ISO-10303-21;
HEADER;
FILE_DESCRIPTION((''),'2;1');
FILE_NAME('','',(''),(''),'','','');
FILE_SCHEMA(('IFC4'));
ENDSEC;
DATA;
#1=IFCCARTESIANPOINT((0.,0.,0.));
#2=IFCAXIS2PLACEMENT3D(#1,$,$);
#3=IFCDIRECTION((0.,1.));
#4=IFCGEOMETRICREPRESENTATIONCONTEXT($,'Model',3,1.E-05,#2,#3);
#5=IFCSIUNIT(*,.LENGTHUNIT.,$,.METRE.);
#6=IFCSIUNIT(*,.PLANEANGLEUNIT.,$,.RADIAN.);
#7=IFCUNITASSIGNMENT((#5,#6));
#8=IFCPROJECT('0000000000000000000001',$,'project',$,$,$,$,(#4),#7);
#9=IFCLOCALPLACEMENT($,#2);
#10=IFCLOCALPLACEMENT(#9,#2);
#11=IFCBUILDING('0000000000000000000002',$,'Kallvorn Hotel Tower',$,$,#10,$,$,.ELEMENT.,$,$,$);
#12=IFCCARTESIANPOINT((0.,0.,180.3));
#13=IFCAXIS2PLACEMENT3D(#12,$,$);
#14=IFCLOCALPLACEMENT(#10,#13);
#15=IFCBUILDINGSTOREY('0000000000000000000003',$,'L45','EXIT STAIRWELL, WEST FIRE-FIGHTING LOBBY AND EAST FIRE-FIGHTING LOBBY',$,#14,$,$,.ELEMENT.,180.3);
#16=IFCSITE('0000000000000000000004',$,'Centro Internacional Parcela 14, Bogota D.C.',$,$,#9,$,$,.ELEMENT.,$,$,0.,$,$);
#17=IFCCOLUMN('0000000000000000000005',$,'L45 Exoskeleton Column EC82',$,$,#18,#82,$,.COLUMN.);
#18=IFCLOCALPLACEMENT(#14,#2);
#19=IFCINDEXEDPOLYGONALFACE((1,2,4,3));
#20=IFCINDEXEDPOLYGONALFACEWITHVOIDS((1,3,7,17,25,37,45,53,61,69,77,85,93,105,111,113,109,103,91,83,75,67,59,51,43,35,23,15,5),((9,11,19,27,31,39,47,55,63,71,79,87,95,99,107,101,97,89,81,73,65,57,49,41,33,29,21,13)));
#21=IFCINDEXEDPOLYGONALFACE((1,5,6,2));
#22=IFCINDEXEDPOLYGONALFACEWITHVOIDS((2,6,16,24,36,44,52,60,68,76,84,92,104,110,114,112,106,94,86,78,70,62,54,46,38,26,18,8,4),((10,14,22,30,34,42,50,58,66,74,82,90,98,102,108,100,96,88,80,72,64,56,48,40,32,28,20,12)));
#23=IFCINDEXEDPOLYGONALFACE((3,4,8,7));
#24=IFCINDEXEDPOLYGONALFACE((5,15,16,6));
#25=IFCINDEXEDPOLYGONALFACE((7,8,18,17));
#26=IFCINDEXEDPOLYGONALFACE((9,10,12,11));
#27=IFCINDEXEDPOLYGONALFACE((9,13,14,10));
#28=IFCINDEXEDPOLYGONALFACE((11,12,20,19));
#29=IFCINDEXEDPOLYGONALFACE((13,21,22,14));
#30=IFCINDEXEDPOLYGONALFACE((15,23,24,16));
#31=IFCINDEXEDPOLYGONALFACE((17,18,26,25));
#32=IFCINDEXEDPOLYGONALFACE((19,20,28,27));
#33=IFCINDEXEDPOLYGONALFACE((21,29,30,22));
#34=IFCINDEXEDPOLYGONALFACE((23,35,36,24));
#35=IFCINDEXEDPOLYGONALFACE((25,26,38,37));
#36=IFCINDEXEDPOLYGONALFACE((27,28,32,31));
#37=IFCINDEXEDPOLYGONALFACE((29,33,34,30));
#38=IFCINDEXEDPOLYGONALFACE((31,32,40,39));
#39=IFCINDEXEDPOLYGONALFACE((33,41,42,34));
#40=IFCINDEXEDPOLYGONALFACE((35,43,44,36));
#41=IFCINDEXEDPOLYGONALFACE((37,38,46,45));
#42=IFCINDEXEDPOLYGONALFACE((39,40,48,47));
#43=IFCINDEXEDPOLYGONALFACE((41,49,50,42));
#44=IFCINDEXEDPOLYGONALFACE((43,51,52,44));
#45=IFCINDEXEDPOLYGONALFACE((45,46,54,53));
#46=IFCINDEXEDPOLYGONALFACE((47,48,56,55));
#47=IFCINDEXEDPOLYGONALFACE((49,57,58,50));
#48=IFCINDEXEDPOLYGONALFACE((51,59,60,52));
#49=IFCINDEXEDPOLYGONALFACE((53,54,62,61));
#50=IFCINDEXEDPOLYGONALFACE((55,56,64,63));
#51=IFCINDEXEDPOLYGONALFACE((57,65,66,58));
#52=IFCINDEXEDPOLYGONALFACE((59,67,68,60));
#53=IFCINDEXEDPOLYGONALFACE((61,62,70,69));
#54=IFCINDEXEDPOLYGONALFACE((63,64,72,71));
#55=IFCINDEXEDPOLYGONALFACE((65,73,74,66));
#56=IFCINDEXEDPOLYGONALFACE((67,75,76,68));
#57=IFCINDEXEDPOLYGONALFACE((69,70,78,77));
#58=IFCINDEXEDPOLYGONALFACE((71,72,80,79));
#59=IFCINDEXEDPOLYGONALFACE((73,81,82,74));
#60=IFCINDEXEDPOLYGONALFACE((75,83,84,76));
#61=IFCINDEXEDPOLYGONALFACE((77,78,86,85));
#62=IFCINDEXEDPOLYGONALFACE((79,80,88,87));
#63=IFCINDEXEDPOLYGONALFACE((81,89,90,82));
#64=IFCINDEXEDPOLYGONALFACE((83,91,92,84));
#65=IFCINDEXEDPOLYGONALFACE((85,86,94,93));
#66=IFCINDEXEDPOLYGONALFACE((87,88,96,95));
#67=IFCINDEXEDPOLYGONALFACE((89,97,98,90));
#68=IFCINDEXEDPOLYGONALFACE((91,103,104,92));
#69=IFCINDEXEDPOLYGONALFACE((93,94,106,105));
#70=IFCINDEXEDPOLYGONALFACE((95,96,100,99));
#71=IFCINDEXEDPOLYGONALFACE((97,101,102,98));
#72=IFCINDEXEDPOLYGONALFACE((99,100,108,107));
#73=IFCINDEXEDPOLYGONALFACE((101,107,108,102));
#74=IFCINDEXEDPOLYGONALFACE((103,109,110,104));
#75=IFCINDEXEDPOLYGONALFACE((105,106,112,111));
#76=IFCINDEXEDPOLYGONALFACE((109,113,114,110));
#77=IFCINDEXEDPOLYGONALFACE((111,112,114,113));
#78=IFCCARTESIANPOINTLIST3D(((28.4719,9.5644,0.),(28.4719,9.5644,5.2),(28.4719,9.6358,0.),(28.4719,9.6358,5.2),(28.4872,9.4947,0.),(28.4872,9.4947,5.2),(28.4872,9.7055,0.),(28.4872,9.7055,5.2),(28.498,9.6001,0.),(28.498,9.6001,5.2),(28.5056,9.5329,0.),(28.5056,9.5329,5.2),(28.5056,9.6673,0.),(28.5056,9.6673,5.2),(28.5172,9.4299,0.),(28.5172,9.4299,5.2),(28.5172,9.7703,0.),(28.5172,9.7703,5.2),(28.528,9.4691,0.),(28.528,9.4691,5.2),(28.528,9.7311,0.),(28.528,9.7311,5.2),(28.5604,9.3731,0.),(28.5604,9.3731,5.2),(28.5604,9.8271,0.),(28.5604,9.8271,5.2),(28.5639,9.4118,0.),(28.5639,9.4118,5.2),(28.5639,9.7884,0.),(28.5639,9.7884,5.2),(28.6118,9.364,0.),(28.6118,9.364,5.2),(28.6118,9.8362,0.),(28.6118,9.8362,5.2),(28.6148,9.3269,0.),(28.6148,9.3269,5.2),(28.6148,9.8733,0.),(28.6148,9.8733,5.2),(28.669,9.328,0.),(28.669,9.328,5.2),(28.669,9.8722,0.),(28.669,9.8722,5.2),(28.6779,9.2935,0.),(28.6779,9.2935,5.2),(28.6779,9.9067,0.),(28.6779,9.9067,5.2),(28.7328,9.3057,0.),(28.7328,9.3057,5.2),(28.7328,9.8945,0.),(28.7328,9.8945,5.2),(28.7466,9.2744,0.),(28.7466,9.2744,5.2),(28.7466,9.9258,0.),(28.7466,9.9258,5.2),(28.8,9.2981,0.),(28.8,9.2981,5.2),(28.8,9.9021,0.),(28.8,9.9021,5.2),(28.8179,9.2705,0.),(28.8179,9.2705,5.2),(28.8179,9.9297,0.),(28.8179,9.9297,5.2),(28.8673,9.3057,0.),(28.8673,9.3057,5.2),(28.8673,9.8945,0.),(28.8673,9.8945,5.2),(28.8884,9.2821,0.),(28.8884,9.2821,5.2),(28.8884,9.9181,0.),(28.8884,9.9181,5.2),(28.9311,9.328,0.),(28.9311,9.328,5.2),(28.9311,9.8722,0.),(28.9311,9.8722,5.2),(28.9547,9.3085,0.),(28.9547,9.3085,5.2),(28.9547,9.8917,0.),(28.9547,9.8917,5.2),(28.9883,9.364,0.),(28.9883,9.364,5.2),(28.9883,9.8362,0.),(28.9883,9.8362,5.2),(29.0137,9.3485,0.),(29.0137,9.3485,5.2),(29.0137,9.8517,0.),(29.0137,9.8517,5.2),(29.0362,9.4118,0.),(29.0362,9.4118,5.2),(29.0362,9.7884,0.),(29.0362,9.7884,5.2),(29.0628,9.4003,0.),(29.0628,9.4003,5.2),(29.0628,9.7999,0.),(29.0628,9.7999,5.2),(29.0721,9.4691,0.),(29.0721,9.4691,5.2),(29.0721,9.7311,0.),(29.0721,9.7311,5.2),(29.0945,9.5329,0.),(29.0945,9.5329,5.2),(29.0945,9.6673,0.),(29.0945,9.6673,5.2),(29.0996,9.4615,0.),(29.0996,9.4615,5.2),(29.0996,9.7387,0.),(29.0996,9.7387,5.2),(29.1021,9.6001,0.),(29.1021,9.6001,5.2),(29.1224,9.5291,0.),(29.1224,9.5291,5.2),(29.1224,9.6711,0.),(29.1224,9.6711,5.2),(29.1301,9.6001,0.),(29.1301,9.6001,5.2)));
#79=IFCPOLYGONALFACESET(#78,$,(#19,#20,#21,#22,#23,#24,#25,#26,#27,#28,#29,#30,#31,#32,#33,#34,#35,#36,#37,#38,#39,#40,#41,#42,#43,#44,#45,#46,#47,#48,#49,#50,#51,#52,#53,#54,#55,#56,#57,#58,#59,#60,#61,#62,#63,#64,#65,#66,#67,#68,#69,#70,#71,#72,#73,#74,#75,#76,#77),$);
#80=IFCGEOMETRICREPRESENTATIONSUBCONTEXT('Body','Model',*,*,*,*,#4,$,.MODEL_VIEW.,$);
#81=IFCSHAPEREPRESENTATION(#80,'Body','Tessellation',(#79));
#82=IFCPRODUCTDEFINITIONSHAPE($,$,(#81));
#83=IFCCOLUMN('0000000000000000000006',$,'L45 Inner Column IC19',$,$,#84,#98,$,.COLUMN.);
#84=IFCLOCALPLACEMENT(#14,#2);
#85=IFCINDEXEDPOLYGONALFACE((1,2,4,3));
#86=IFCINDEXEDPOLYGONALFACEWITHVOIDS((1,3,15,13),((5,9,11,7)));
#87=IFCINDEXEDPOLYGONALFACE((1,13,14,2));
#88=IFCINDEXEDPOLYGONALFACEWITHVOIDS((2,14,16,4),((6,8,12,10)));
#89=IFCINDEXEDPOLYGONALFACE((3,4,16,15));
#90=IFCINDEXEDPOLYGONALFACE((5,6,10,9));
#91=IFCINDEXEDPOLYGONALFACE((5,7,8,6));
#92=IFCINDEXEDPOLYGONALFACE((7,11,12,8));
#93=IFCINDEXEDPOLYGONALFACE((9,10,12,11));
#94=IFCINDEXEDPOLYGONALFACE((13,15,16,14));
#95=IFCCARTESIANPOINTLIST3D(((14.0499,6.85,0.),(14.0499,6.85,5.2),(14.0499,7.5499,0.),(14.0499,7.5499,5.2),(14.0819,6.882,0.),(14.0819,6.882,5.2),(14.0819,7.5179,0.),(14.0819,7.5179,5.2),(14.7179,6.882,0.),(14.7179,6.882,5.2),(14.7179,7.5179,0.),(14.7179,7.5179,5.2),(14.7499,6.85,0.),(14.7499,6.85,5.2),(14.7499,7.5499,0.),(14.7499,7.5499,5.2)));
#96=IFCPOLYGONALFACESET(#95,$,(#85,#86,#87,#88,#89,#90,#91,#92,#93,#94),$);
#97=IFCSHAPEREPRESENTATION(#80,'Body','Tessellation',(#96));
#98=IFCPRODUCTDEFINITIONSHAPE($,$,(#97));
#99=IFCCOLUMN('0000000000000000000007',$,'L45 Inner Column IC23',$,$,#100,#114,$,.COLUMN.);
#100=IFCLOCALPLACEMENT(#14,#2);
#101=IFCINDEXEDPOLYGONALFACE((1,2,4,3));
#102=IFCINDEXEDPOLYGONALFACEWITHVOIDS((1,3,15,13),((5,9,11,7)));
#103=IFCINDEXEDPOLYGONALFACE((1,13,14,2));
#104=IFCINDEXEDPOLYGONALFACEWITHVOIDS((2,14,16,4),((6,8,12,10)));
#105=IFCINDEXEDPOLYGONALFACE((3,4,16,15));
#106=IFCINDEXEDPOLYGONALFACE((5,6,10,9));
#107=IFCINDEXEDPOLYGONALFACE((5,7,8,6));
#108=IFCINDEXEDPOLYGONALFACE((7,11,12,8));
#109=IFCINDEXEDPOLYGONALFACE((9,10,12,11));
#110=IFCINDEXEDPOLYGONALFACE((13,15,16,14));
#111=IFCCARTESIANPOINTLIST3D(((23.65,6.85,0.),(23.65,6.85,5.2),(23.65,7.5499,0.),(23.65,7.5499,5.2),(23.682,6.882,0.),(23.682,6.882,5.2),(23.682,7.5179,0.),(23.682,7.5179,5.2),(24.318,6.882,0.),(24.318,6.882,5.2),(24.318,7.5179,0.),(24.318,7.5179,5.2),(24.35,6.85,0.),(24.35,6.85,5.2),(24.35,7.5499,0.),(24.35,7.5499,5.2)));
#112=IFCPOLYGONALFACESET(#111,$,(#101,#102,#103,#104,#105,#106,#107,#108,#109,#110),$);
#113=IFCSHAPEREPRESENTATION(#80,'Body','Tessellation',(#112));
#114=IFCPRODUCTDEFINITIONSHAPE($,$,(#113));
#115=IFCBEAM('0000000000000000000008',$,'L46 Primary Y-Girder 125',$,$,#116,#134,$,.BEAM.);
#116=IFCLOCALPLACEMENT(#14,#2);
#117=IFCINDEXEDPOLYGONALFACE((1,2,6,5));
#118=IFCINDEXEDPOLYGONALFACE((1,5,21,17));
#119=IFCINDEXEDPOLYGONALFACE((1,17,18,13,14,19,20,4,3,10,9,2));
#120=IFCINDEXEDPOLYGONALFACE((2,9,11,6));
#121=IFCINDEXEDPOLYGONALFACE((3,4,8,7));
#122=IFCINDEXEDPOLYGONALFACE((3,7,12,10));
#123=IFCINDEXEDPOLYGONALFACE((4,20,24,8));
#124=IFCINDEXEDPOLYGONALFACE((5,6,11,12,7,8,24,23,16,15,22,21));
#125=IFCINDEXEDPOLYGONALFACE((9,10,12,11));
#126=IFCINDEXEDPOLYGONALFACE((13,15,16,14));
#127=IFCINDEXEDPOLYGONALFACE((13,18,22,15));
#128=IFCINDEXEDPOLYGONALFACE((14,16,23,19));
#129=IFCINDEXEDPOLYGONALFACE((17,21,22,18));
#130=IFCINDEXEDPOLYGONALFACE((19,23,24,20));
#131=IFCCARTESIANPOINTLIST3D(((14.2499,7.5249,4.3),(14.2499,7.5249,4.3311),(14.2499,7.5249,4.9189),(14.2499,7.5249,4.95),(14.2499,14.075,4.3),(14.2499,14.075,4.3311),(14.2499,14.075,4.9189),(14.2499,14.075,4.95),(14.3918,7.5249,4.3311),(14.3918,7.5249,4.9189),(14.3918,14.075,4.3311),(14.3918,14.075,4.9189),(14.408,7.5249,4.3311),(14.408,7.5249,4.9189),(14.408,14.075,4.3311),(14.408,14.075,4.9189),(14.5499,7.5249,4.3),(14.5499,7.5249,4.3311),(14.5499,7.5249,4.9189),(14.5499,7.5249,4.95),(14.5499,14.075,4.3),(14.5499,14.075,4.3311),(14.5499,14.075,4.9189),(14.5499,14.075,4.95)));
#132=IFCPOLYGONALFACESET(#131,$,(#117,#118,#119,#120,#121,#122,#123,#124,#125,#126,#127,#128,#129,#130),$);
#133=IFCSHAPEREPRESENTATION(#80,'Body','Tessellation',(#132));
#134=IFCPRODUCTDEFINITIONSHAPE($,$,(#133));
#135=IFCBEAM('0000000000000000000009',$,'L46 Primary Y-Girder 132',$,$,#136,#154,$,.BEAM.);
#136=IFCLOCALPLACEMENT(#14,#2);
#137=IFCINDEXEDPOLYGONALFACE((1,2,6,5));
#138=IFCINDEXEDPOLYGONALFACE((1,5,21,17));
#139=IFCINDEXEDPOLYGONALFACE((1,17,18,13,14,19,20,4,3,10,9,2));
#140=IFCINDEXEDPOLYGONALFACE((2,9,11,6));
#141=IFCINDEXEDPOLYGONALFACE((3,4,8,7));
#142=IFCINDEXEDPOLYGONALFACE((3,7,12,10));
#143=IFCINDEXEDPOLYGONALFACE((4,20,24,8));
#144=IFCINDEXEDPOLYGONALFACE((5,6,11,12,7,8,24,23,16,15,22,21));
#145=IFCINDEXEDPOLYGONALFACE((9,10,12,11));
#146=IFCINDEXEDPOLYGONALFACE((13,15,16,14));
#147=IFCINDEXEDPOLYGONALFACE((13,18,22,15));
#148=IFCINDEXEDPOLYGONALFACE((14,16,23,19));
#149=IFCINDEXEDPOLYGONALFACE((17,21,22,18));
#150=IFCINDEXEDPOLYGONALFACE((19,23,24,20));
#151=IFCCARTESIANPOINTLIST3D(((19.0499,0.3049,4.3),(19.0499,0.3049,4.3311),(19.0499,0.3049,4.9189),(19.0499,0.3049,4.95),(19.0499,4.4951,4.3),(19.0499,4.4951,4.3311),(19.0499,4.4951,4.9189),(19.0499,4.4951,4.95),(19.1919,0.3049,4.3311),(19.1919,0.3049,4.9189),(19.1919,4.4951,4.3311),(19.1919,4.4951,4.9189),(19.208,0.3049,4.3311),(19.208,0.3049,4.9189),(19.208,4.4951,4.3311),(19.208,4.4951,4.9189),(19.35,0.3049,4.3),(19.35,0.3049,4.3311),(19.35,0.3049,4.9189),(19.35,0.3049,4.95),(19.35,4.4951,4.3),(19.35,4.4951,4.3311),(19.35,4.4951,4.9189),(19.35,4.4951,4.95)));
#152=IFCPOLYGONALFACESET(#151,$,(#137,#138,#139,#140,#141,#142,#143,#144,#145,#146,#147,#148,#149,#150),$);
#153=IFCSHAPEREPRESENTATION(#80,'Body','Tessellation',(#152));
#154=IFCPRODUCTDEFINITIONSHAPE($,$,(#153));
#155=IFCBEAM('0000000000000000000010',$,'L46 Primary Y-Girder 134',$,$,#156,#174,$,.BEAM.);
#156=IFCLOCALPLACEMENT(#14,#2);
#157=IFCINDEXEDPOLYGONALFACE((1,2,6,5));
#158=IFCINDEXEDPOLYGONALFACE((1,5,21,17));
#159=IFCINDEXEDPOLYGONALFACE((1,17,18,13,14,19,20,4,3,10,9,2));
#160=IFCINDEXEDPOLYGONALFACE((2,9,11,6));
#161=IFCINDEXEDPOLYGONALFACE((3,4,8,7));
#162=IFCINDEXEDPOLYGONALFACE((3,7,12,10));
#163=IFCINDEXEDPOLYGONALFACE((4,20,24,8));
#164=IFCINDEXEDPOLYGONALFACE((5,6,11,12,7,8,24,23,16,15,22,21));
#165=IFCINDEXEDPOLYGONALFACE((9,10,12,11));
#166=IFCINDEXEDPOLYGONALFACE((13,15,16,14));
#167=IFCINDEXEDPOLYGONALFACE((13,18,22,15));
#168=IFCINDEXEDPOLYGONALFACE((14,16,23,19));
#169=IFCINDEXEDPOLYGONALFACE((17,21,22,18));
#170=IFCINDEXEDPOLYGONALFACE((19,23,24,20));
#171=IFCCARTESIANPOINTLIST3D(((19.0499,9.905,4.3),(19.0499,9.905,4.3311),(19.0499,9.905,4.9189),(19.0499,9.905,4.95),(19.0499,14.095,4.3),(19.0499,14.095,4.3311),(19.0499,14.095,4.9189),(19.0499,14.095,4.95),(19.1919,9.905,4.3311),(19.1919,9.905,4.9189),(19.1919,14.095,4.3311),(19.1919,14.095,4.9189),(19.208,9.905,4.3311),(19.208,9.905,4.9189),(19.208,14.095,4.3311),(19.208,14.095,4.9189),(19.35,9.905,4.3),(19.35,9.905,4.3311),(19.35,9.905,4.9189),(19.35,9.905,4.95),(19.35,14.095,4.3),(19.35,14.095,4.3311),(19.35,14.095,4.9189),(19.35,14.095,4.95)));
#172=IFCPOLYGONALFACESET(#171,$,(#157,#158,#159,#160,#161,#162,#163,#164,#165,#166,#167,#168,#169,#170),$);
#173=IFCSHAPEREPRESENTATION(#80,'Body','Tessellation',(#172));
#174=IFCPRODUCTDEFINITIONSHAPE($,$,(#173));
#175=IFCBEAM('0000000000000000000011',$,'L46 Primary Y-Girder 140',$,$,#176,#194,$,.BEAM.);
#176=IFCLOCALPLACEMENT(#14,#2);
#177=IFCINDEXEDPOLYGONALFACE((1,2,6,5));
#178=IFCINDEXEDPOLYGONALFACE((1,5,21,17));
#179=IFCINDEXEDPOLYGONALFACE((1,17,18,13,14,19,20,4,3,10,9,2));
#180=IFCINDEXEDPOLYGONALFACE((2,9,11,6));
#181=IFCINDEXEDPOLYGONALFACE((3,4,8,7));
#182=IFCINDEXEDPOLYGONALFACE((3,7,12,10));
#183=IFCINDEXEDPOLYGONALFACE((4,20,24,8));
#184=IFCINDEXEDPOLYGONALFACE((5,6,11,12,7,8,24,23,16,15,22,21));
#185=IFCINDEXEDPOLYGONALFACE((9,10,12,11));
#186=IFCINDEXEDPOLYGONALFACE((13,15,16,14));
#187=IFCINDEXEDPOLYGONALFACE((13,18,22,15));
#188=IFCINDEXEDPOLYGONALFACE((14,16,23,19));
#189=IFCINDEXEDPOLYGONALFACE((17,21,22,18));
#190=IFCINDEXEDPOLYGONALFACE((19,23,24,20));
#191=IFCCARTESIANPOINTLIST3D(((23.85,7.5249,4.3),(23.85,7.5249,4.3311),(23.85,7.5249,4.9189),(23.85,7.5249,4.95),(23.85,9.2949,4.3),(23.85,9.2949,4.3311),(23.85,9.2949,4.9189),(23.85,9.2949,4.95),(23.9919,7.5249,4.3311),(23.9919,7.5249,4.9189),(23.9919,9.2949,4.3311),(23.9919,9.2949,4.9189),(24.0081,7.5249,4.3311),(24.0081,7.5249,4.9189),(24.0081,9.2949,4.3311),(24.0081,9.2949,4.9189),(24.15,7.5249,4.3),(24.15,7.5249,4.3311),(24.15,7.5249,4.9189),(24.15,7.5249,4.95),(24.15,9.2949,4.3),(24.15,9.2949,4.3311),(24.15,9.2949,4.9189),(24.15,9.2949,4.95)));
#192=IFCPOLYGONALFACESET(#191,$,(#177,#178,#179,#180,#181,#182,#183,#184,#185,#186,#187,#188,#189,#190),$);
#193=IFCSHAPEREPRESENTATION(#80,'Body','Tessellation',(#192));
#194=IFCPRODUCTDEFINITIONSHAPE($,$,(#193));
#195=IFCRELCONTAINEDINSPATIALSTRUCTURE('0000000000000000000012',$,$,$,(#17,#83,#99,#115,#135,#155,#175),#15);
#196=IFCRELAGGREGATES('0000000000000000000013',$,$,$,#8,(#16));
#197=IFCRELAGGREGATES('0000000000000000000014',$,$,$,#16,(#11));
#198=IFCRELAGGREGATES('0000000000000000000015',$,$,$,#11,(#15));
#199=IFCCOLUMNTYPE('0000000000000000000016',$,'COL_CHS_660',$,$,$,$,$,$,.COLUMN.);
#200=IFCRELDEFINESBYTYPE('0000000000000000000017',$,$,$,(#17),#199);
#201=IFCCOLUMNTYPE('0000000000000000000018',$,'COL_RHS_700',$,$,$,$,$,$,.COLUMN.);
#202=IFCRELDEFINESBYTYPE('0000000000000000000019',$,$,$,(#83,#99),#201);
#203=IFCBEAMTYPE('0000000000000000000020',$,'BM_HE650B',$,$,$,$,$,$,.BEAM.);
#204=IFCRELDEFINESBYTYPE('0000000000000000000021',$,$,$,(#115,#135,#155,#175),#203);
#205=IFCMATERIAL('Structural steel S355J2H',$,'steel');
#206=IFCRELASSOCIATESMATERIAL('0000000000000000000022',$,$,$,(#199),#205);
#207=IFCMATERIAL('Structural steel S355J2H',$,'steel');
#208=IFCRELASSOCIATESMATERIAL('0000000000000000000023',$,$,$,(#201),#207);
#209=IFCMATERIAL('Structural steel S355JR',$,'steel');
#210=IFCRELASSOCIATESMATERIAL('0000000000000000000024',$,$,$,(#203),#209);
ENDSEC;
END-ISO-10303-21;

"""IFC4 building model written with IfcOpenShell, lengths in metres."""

from ifc_helpers import new_model, si_unit, direction, frame, origin, origin_2d, place, context, subcontext, project, spatial, hollow_rectangle, hollow_circle, i_section, extrude, material, material_profile, profile_set, type_object, element, save


model = new_model("IFC4")

# Units and contexts
model_context = context("Model", 3, precision=1e-05, world=origin(), true_north=direction((0.0, 1.0)))
body_context = subcontext(model_context, "Body", "Model", "MODEL_VIEW")
ifc_project = project(units=[si_unit("LENGTHUNIT", "METRE"), si_unit("PLANEANGLEUNIT", "RADIAN")], contexts=[model_context])

# Site, building, storey
site_placement = place(None, origin())
site = spatial("IfcSite", under=ifc_project, at=site_placement, Name="Centro Internacional Parcela 14, Bogota D.C.", CompositionType="ELEMENT", RefElevation=0.0)
building_placement = place(site_placement, origin())
building = spatial("IfcBuilding", under=site, at=building_placement, Name="Kallvorn Hotel Tower", CompositionType="ELEMENT")
storey_placement = place(building_placement, frame((0.0, 0.0, 180.3)))
storey = spatial("IfcBuildingStorey", under=building, at=storey_placement, Name="L45", Description="EXIT STAIRWELL, WEST FIRE-FIGHTING LOBBY AND EAST FIRE-FIGHTING LOBBY", CompositionType="ELEMENT", Elevation=180.3)

# Columns
ifc_material_1 = material(Name="Structural steel S355J2H", Category="steel")
ifc_material_profile_1 = material_profile(ifc_material_1, hollow_circle(Radius=0.3301, WallThickness=0.0281, at=origin_2d()), Name="CHS 660x28")
ifc_profile_set_1 = profile_set([ifc_material_profile_1], Name="Structural steel S355J2H")
column_type_1 = type_object("IfcColumnType", Name="COL_CHS_660", PredefinedType="COLUMN", material=ifc_profile_set_1)
for number, where, z_axis, x_axis, name in (
    (1, (28.8, 9.6001, 0.0), (0.0, 0.0, 1.0), (1.0, 0.0, 0.0), "L45 Exoskeleton Column EC82"),
):
    element("IfcColumn", number, at=place(storey_placement, frame(where, z_axis=z_axis, x_axis=x_axis)), inside=storey, type_object=column_type_1, Name=name, PredefinedType="COLUMN", context=body_context, shape_type="SweptSolid", body=[
        extrude(hollow_circle(Radius=0.3301, WallThickness=0.0281, at=origin_2d()), origin(), (0.0, 0.0, 1.0), 5.2),
    ])
ifc_material_2 = material(Name="Structural steel S355J2H", Category="steel")
ifc_material_profile_2 = material_profile(ifc_material_2, hollow_rectangle(XDim=0.7, YDim=0.7, WallThickness=0.032, at=origin_2d()), Name="RHS 700x700x32")
ifc_profile_set_2 = profile_set([ifc_material_profile_2], Name="Structural steel S355J2H")
column_type_2 = type_object("IfcColumnType", Name="COL_RHS_700", PredefinedType="COLUMN", material=ifc_profile_set_2)
for number, where, z_axis, x_axis, name in (
    (2, (14.3999, 7.2, 0.0), (0.0, 0.0, 1.0), (1.0, 0.0, 0.0), "L45 Inner Column IC19"),
    (3, (24.0, 7.2, 0.0), (0.0, 0.0, 1.0), (1.0, 0.0, 0.0), "L45 Inner Column IC23"),
):
    element("IfcColumn", number, at=place(storey_placement, frame(where, z_axis=z_axis, x_axis=x_axis)), inside=storey, type_object=column_type_2, Name=name, PredefinedType="COLUMN", context=body_context, shape_type="SweptSolid", body=[
        extrude(hollow_rectangle(XDim=0.7, YDim=0.7, WallThickness=0.032, at=origin_2d()), origin(), (0.0, 0.0, 1.0), 5.2),
    ])

# Beams
ifc_material_3 = material(Name="Structural steel S355JR", Category="steel")
ifc_material_profile_3 = material_profile(ifc_material_3, i_section(OverallWidth=0.3, OverallDepth=0.6499, WebThickness=0.0161, FlangeThickness=0.031, at=origin_2d()), Name="HE 650 B")
ifc_profile_set_3 = profile_set([ifc_material_profile_3], Name="Structural steel S355JR")
beam_type_1 = type_object("IfcBeamType", Name="BM_HE650B", PredefinedType="BEAM", material=ifc_profile_set_3)
beam_1_placement = place(storey_placement, frame((14.3999, 7.5249, 4.625), z_axis=(0.0, 1.0, 0.0), x_axis=(-1.0, 0.0, 0.0)))
element("IfcBeam", 4, at=beam_1_placement, inside=storey, type_object=beam_type_1, Name="L46 Primary Y-Girder 125", PredefinedType="BEAM", context=body_context, shape_type="SweptSolid", body=[
    extrude(i_section(OverallWidth=0.3, OverallDepth=0.6499, WebThickness=0.0161, FlangeThickness=0.031, at=origin_2d()), origin(), (0.0, 0.0, 1.0), 6.55),
])
beam_2_placement = place(storey_placement, frame((19.2, 0.3049, 4.625), z_axis=(0.0, 1.0, 0.0), x_axis=(-1.0, 0.0, 0.0)))
element("IfcBeam", 5, at=beam_2_placement, inside=storey, type_object=beam_type_1, Name="L46 Primary Y-Girder 132", PredefinedType="BEAM", context=body_context, shape_type="SweptSolid", body=[
    extrude(i_section(OverallWidth=0.3, OverallDepth=0.6499, WebThickness=0.0161, FlangeThickness=0.031, at=origin_2d()), origin(), (0.0, 0.0, 1.0), 4.1902),
])
beam_3_placement = place(storey_placement, frame((19.2, 9.905, 4.625), z_axis=(0.0, 1.0, 0.0), x_axis=(-1.0, 0.0, 0.0)))
element("IfcBeam", 6, at=beam_3_placement, inside=storey, type_object=beam_type_1, Name="L46 Primary Y-Girder 134", PredefinedType="BEAM", context=body_context, shape_type="SweptSolid", body=[
    extrude(i_section(OverallWidth=0.3, OverallDepth=0.6499, WebThickness=0.0161, FlangeThickness=0.031, at=origin_2d()), origin(), (0.0, 0.0, 1.0), 4.1899),
])
beam_4_placement = place(storey_placement, frame((24.0, 7.5249, 4.625), z_axis=(0.0, 1.0, 0.0), x_axis=(-1.0, 0.0, 0.0)))
element("IfcBeam", 7, at=beam_4_placement, inside=storey, type_object=beam_type_1, Name="L46 Primary Y-Girder 140", PredefinedType="BEAM", context=body_context, shape_type="SweptSolid", body=[
    extrude(i_section(OverallWidth=0.3, OverallDepth=0.6499, WebThickness=0.0161, FlangeThickness=0.031, at=origin_2d()), origin(), (0.0, 0.0, 1.0), 1.77),
])

save(model, "model.ifc")
